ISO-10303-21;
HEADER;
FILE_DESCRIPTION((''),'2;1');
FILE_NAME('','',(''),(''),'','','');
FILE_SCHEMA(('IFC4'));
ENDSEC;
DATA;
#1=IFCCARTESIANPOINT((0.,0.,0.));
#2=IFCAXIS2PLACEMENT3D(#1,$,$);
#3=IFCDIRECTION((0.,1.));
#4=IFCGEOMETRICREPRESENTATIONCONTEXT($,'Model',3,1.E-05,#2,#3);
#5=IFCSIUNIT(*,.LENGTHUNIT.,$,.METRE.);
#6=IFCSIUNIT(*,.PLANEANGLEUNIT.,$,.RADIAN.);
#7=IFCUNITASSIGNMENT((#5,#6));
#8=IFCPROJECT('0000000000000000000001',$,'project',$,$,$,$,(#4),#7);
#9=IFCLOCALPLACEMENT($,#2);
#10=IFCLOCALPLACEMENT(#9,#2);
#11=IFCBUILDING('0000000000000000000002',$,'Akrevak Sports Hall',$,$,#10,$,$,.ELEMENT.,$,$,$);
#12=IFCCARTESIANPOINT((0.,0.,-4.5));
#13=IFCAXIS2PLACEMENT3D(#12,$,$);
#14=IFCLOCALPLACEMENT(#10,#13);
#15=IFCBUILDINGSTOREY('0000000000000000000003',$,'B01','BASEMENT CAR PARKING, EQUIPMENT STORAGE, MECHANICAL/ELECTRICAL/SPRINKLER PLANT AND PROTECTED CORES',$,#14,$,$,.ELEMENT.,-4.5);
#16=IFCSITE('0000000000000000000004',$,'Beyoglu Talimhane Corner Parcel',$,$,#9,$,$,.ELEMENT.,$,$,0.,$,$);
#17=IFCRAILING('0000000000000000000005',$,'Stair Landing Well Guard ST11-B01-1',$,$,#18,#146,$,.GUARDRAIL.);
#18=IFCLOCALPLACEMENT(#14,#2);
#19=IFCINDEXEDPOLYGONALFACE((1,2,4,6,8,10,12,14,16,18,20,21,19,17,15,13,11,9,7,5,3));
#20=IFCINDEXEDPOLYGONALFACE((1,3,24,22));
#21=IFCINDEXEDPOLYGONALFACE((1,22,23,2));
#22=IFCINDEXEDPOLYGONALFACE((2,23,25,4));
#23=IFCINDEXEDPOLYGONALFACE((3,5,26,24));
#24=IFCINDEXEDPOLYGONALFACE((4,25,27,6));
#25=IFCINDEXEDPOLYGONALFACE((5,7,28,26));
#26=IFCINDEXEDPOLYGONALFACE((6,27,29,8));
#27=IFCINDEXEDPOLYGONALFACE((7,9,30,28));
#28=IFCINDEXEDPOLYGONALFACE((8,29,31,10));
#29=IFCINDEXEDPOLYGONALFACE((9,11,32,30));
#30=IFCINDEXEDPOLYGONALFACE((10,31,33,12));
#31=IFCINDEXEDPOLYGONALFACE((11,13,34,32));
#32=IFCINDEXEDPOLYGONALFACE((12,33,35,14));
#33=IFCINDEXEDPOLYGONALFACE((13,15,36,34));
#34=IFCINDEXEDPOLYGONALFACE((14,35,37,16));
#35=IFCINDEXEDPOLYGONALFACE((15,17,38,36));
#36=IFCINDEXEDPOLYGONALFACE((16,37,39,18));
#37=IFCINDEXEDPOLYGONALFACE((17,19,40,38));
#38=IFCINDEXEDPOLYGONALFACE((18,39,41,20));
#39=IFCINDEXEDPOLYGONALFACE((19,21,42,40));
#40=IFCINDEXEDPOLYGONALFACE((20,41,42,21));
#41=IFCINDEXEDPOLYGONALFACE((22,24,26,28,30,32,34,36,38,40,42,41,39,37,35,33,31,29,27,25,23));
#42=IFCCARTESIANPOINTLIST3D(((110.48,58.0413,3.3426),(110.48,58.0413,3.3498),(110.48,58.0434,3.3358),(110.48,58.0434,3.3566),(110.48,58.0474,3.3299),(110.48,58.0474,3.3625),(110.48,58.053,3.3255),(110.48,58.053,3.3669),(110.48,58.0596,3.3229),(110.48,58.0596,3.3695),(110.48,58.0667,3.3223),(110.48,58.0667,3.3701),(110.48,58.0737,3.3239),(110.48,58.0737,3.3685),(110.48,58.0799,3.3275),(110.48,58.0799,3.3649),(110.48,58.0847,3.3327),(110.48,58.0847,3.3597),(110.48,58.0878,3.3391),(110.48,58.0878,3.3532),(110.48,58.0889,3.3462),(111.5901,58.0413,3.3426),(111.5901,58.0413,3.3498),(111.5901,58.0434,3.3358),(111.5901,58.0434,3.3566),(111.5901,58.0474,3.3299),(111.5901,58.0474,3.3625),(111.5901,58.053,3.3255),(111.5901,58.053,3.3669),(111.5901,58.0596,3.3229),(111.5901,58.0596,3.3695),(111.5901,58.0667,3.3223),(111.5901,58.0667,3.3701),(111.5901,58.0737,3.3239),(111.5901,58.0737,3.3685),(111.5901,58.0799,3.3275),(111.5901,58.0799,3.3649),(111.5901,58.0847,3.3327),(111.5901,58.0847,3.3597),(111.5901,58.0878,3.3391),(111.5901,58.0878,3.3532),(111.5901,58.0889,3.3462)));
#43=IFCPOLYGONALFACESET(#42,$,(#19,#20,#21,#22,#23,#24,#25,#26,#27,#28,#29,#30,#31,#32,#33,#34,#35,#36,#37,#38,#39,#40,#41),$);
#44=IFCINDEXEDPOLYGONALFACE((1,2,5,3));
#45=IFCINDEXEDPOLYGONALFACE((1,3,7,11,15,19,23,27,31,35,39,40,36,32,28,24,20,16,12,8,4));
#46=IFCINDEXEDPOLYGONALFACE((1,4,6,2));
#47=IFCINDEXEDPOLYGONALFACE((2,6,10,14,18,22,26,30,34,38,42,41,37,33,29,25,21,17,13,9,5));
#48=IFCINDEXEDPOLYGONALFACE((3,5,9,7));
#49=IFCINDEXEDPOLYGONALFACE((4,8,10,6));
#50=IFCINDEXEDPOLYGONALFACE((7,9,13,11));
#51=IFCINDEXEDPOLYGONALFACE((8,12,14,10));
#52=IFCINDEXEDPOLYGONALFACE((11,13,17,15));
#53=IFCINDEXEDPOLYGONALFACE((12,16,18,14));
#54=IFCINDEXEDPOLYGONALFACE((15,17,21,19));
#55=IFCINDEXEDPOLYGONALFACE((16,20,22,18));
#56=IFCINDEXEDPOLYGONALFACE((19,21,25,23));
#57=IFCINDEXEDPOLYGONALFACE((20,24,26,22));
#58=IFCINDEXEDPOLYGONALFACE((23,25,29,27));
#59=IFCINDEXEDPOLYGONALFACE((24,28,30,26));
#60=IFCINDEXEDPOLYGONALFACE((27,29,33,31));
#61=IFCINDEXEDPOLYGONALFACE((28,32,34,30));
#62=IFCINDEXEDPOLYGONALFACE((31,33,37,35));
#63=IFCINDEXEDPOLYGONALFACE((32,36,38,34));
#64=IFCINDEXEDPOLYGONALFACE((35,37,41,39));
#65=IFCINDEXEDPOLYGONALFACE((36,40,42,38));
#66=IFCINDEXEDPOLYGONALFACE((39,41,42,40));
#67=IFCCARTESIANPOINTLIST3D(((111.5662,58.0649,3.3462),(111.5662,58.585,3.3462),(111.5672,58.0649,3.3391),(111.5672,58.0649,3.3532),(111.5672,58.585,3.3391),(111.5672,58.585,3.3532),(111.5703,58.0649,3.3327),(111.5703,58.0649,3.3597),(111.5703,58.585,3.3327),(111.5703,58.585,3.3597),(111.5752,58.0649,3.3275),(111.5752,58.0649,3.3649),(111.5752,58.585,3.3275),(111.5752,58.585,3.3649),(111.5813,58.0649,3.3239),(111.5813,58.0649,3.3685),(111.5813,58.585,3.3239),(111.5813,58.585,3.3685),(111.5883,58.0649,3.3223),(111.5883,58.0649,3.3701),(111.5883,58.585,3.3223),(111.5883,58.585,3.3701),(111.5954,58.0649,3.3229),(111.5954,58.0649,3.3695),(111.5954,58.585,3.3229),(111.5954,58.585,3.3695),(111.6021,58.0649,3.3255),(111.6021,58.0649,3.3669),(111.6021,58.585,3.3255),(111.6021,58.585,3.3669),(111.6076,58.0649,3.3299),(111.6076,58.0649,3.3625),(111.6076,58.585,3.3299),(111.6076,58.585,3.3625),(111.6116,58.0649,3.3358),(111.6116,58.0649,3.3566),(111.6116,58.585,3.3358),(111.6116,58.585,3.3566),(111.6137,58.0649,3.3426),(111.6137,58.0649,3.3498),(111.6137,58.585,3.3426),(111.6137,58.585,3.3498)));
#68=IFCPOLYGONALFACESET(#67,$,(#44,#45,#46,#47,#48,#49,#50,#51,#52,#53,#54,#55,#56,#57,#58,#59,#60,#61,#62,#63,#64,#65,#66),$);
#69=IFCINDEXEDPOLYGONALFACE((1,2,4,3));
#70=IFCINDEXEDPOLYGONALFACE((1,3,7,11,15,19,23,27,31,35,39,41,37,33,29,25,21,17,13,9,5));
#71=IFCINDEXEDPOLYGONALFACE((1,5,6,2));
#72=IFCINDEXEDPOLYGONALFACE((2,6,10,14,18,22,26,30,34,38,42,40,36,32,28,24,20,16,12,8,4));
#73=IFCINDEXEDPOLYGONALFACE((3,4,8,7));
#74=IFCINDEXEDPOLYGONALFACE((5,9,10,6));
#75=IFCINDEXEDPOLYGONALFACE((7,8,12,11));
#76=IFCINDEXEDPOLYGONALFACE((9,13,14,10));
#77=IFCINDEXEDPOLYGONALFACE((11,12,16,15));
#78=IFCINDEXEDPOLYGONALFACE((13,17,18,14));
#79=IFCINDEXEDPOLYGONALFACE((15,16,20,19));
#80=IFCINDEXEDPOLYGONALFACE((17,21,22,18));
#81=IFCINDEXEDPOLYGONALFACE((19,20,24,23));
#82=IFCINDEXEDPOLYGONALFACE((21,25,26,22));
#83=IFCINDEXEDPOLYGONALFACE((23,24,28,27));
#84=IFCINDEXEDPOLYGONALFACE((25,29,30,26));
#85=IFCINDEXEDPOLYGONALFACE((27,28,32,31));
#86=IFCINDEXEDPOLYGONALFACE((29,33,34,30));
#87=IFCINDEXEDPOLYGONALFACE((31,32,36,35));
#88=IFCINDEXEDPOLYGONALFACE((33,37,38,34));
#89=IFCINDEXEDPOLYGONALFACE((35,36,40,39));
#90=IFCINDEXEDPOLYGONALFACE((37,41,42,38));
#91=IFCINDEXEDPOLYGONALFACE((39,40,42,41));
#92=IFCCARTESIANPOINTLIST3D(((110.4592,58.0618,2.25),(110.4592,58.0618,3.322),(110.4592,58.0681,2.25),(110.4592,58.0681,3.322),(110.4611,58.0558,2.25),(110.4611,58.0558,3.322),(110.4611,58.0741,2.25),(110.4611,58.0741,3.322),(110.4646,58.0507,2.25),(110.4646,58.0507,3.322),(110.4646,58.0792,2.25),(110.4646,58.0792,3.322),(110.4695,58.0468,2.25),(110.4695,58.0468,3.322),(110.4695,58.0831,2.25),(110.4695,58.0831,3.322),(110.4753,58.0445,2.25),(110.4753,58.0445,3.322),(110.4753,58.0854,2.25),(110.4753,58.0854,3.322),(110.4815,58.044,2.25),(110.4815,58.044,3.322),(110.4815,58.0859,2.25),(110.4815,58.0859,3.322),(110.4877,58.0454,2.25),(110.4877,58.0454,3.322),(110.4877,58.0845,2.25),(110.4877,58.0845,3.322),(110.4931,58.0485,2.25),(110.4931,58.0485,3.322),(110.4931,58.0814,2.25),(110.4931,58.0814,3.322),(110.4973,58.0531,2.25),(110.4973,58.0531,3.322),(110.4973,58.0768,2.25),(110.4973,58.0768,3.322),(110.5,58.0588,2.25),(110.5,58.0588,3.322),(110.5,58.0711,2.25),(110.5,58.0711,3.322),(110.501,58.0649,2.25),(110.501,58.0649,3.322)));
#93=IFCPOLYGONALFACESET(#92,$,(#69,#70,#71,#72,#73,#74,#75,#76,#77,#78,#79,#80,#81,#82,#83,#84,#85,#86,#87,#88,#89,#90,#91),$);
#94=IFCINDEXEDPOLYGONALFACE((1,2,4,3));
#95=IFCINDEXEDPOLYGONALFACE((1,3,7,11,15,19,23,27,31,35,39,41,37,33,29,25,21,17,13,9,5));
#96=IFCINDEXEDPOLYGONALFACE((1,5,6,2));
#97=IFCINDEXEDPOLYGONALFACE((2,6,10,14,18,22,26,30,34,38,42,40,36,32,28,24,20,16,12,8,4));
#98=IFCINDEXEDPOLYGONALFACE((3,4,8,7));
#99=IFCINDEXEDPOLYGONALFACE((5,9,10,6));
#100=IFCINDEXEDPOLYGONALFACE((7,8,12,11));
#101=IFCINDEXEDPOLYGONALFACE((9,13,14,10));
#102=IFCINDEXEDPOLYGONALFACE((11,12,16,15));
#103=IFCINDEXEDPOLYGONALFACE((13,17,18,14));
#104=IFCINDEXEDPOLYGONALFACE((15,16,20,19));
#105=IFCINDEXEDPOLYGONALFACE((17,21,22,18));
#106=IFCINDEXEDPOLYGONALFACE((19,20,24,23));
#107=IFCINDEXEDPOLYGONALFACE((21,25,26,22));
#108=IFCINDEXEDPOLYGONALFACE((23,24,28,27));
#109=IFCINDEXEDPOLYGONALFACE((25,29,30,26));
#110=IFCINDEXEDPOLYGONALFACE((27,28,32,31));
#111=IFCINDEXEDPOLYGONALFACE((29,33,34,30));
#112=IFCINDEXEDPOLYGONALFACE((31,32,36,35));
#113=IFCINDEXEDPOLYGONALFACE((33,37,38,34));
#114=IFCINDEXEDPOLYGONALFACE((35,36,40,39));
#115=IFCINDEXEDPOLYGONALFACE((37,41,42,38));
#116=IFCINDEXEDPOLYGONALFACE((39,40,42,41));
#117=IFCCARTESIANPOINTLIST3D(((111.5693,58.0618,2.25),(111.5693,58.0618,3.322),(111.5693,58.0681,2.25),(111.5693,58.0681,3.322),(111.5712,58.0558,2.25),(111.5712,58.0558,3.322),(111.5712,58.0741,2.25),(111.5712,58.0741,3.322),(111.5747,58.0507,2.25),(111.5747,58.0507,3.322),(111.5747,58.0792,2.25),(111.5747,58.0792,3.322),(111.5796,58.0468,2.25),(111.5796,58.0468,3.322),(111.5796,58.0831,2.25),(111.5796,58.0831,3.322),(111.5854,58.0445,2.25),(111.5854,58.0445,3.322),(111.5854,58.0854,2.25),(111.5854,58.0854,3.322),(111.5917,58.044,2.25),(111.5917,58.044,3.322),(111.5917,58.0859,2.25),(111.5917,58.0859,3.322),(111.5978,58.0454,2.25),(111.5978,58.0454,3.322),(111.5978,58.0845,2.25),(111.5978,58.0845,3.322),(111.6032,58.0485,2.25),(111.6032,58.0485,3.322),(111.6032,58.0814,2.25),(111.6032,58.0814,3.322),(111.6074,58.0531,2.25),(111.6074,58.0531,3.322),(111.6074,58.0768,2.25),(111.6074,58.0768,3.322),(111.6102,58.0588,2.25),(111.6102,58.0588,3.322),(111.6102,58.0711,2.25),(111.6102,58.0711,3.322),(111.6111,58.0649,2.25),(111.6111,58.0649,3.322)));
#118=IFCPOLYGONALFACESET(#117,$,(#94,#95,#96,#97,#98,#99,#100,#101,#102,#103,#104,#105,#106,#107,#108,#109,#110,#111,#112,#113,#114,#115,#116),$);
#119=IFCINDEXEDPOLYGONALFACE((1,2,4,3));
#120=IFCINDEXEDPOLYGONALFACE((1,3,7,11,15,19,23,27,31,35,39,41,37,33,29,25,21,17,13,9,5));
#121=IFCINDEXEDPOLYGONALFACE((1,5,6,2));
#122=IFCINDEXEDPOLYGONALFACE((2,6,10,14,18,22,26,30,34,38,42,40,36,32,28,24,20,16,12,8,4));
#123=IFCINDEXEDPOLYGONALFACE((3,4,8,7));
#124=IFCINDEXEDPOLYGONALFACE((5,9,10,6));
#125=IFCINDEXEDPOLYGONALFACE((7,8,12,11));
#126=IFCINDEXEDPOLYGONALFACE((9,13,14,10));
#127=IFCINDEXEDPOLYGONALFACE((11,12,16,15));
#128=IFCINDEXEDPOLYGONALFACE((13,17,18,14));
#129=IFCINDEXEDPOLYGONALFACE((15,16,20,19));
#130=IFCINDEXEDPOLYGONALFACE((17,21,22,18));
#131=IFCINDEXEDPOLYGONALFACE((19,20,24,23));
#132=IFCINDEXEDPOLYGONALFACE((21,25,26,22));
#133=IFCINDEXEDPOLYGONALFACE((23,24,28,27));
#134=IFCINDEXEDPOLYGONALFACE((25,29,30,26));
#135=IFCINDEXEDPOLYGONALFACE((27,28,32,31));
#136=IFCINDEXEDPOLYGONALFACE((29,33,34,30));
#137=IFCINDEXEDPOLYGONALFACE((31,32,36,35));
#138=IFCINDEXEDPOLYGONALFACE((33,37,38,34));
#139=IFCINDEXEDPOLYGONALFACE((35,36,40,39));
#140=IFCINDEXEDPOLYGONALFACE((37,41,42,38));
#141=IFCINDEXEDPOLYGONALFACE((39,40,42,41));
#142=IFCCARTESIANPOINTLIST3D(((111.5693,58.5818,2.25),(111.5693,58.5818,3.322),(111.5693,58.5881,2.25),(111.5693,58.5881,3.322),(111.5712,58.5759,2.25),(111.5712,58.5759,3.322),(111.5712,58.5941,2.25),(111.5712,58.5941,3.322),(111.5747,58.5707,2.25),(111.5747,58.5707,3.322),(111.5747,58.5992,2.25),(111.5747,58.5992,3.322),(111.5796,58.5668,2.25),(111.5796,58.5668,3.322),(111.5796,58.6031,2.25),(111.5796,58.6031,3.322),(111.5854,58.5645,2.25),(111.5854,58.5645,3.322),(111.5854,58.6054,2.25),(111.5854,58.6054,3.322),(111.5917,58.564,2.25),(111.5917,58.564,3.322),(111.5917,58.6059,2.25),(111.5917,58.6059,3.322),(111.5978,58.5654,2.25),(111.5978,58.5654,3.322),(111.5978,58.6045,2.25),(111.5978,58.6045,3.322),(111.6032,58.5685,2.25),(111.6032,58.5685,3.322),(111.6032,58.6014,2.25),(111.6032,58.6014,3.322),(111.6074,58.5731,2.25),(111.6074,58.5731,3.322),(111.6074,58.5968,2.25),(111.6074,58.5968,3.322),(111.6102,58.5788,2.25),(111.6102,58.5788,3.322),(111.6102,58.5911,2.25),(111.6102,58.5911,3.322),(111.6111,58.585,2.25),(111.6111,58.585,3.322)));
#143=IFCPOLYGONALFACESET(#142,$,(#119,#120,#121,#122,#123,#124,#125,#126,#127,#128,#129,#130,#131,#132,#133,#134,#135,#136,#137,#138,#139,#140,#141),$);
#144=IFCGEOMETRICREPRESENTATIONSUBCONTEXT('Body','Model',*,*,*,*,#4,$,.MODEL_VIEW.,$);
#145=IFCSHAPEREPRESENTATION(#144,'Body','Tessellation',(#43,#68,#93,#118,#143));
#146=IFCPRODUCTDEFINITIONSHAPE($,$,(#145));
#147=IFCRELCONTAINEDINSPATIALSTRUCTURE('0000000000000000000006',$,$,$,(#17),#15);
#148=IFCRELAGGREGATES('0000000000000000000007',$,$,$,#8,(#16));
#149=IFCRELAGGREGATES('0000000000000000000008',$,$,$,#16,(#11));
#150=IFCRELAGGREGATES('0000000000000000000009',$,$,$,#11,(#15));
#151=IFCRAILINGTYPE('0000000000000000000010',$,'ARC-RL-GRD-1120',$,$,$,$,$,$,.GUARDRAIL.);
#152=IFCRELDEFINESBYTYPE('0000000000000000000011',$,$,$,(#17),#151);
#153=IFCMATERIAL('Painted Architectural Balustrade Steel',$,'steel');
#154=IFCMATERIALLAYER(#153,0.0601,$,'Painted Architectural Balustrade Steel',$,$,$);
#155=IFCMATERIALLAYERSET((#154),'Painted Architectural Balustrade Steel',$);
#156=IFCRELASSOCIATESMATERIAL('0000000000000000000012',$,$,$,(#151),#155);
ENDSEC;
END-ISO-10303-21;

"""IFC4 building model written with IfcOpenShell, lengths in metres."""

from ifc_helpers import new_model, si_unit, direction, frame, origin, origin_2d, place, context, subcontext, project, spatial, circle, extrude, material, layer, layer_set, type_object, element, save


model = new_model("IFC4")

# Units and contexts
model_context = context("Model", 3, precision=1e-05, world=origin(), true_north=direction((0.0, 1.0)))
body_context = subcontext(model_context, "Body", "Model", "MODEL_VIEW")
ifc_project = project(units=[si_unit("LENGTHUNIT", "METRE"), si_unit("PLANEANGLEUNIT", "RADIAN")], contexts=[model_context])

# Site, building, storey
site_placement = place(None, origin())
site = spatial("IfcSite", under=ifc_project, at=site_placement, Name="Beyoglu Talimhane Corner Parcel", CompositionType="ELEMENT", RefElevation=0.0)
building_placement = place(site_placement, origin())
building = spatial("IfcBuilding", under=site, at=building_placement, Name="Akrevak Sports Hall", CompositionType="ELEMENT")
storey_placement = place(building_placement, frame((0.0, 0.0, -4.5)))
storey = spatial("IfcBuildingStorey", under=building, at=storey_placement, Name="B01", Description="BASEMENT CAR PARKING, EQUIPMENT STORAGE, MECHANICAL/ELECTRICAL/SPRINKLER PLANT AND PROTECTED CORES", CompositionType="ELEMENT", Elevation=-4.5)

# Railing
ifc_material_1 = material(Name="Painted Architectural Balustrade Steel", Category="steel")
ifc_layer_1 = layer(ifc_material_1, 0.0601, Name="Painted Architectural Balustrade Steel")
ifc_layer_set_1 = layer_set([ifc_layer_1], Name="Painted Architectural Balustrade Steel")
railing_type_1 = type_object("IfcRailingType", Name="ARC-RL-GRD-1120", PredefinedType="GUARDRAIL", material=ifc_layer_set_1)
railing_1_placement = place(storey_placement, frame((110.48, 58.0649, 2.25)))
element("IfcRailing", 1, at=railing_1_placement, inside=storey, type_object=railing_type_1, Name="Stair Landing Well Guard ST11-B01-1", PredefinedType="GUARDRAIL", context=body_context, shape_type="SweptSolid", body=[
    extrude(circle(Radius=0.0239, at=origin_2d()), frame((0.0, 0.0, 1.0962), z_axis=(1.0, 0.0, 0.0), x_axis=(0.0, 1.0, 0.0)), (0.0, 0.0, 1.0), 1.1101),
    extrude(circle(Radius=0.0239, at=origin_2d()), frame((1.1101, 0.0, 1.0962), z_axis=(0.0, 1.0, 0.0), x_axis=(-1.0, 0.0, 0.0)), (0.0, 0.0, 1.0), 0.52),
    extrude(circle(Radius=0.021, at=origin_2d()), origin(), (0.0, 0.0, 1.0), 1.072),
    extrude(circle(Radius=0.021, at=origin_2d()), frame((1.1101, 0.0, 0.0)), (0.0, 0.0, 1.0), 1.072),
    extrude(circle(Radius=0.021, at=origin_2d()), frame((1.1101, 0.52, 0.0)), (0.0, 0.0, 1.0), 1.072),
])

save(model, "model.ifc")
